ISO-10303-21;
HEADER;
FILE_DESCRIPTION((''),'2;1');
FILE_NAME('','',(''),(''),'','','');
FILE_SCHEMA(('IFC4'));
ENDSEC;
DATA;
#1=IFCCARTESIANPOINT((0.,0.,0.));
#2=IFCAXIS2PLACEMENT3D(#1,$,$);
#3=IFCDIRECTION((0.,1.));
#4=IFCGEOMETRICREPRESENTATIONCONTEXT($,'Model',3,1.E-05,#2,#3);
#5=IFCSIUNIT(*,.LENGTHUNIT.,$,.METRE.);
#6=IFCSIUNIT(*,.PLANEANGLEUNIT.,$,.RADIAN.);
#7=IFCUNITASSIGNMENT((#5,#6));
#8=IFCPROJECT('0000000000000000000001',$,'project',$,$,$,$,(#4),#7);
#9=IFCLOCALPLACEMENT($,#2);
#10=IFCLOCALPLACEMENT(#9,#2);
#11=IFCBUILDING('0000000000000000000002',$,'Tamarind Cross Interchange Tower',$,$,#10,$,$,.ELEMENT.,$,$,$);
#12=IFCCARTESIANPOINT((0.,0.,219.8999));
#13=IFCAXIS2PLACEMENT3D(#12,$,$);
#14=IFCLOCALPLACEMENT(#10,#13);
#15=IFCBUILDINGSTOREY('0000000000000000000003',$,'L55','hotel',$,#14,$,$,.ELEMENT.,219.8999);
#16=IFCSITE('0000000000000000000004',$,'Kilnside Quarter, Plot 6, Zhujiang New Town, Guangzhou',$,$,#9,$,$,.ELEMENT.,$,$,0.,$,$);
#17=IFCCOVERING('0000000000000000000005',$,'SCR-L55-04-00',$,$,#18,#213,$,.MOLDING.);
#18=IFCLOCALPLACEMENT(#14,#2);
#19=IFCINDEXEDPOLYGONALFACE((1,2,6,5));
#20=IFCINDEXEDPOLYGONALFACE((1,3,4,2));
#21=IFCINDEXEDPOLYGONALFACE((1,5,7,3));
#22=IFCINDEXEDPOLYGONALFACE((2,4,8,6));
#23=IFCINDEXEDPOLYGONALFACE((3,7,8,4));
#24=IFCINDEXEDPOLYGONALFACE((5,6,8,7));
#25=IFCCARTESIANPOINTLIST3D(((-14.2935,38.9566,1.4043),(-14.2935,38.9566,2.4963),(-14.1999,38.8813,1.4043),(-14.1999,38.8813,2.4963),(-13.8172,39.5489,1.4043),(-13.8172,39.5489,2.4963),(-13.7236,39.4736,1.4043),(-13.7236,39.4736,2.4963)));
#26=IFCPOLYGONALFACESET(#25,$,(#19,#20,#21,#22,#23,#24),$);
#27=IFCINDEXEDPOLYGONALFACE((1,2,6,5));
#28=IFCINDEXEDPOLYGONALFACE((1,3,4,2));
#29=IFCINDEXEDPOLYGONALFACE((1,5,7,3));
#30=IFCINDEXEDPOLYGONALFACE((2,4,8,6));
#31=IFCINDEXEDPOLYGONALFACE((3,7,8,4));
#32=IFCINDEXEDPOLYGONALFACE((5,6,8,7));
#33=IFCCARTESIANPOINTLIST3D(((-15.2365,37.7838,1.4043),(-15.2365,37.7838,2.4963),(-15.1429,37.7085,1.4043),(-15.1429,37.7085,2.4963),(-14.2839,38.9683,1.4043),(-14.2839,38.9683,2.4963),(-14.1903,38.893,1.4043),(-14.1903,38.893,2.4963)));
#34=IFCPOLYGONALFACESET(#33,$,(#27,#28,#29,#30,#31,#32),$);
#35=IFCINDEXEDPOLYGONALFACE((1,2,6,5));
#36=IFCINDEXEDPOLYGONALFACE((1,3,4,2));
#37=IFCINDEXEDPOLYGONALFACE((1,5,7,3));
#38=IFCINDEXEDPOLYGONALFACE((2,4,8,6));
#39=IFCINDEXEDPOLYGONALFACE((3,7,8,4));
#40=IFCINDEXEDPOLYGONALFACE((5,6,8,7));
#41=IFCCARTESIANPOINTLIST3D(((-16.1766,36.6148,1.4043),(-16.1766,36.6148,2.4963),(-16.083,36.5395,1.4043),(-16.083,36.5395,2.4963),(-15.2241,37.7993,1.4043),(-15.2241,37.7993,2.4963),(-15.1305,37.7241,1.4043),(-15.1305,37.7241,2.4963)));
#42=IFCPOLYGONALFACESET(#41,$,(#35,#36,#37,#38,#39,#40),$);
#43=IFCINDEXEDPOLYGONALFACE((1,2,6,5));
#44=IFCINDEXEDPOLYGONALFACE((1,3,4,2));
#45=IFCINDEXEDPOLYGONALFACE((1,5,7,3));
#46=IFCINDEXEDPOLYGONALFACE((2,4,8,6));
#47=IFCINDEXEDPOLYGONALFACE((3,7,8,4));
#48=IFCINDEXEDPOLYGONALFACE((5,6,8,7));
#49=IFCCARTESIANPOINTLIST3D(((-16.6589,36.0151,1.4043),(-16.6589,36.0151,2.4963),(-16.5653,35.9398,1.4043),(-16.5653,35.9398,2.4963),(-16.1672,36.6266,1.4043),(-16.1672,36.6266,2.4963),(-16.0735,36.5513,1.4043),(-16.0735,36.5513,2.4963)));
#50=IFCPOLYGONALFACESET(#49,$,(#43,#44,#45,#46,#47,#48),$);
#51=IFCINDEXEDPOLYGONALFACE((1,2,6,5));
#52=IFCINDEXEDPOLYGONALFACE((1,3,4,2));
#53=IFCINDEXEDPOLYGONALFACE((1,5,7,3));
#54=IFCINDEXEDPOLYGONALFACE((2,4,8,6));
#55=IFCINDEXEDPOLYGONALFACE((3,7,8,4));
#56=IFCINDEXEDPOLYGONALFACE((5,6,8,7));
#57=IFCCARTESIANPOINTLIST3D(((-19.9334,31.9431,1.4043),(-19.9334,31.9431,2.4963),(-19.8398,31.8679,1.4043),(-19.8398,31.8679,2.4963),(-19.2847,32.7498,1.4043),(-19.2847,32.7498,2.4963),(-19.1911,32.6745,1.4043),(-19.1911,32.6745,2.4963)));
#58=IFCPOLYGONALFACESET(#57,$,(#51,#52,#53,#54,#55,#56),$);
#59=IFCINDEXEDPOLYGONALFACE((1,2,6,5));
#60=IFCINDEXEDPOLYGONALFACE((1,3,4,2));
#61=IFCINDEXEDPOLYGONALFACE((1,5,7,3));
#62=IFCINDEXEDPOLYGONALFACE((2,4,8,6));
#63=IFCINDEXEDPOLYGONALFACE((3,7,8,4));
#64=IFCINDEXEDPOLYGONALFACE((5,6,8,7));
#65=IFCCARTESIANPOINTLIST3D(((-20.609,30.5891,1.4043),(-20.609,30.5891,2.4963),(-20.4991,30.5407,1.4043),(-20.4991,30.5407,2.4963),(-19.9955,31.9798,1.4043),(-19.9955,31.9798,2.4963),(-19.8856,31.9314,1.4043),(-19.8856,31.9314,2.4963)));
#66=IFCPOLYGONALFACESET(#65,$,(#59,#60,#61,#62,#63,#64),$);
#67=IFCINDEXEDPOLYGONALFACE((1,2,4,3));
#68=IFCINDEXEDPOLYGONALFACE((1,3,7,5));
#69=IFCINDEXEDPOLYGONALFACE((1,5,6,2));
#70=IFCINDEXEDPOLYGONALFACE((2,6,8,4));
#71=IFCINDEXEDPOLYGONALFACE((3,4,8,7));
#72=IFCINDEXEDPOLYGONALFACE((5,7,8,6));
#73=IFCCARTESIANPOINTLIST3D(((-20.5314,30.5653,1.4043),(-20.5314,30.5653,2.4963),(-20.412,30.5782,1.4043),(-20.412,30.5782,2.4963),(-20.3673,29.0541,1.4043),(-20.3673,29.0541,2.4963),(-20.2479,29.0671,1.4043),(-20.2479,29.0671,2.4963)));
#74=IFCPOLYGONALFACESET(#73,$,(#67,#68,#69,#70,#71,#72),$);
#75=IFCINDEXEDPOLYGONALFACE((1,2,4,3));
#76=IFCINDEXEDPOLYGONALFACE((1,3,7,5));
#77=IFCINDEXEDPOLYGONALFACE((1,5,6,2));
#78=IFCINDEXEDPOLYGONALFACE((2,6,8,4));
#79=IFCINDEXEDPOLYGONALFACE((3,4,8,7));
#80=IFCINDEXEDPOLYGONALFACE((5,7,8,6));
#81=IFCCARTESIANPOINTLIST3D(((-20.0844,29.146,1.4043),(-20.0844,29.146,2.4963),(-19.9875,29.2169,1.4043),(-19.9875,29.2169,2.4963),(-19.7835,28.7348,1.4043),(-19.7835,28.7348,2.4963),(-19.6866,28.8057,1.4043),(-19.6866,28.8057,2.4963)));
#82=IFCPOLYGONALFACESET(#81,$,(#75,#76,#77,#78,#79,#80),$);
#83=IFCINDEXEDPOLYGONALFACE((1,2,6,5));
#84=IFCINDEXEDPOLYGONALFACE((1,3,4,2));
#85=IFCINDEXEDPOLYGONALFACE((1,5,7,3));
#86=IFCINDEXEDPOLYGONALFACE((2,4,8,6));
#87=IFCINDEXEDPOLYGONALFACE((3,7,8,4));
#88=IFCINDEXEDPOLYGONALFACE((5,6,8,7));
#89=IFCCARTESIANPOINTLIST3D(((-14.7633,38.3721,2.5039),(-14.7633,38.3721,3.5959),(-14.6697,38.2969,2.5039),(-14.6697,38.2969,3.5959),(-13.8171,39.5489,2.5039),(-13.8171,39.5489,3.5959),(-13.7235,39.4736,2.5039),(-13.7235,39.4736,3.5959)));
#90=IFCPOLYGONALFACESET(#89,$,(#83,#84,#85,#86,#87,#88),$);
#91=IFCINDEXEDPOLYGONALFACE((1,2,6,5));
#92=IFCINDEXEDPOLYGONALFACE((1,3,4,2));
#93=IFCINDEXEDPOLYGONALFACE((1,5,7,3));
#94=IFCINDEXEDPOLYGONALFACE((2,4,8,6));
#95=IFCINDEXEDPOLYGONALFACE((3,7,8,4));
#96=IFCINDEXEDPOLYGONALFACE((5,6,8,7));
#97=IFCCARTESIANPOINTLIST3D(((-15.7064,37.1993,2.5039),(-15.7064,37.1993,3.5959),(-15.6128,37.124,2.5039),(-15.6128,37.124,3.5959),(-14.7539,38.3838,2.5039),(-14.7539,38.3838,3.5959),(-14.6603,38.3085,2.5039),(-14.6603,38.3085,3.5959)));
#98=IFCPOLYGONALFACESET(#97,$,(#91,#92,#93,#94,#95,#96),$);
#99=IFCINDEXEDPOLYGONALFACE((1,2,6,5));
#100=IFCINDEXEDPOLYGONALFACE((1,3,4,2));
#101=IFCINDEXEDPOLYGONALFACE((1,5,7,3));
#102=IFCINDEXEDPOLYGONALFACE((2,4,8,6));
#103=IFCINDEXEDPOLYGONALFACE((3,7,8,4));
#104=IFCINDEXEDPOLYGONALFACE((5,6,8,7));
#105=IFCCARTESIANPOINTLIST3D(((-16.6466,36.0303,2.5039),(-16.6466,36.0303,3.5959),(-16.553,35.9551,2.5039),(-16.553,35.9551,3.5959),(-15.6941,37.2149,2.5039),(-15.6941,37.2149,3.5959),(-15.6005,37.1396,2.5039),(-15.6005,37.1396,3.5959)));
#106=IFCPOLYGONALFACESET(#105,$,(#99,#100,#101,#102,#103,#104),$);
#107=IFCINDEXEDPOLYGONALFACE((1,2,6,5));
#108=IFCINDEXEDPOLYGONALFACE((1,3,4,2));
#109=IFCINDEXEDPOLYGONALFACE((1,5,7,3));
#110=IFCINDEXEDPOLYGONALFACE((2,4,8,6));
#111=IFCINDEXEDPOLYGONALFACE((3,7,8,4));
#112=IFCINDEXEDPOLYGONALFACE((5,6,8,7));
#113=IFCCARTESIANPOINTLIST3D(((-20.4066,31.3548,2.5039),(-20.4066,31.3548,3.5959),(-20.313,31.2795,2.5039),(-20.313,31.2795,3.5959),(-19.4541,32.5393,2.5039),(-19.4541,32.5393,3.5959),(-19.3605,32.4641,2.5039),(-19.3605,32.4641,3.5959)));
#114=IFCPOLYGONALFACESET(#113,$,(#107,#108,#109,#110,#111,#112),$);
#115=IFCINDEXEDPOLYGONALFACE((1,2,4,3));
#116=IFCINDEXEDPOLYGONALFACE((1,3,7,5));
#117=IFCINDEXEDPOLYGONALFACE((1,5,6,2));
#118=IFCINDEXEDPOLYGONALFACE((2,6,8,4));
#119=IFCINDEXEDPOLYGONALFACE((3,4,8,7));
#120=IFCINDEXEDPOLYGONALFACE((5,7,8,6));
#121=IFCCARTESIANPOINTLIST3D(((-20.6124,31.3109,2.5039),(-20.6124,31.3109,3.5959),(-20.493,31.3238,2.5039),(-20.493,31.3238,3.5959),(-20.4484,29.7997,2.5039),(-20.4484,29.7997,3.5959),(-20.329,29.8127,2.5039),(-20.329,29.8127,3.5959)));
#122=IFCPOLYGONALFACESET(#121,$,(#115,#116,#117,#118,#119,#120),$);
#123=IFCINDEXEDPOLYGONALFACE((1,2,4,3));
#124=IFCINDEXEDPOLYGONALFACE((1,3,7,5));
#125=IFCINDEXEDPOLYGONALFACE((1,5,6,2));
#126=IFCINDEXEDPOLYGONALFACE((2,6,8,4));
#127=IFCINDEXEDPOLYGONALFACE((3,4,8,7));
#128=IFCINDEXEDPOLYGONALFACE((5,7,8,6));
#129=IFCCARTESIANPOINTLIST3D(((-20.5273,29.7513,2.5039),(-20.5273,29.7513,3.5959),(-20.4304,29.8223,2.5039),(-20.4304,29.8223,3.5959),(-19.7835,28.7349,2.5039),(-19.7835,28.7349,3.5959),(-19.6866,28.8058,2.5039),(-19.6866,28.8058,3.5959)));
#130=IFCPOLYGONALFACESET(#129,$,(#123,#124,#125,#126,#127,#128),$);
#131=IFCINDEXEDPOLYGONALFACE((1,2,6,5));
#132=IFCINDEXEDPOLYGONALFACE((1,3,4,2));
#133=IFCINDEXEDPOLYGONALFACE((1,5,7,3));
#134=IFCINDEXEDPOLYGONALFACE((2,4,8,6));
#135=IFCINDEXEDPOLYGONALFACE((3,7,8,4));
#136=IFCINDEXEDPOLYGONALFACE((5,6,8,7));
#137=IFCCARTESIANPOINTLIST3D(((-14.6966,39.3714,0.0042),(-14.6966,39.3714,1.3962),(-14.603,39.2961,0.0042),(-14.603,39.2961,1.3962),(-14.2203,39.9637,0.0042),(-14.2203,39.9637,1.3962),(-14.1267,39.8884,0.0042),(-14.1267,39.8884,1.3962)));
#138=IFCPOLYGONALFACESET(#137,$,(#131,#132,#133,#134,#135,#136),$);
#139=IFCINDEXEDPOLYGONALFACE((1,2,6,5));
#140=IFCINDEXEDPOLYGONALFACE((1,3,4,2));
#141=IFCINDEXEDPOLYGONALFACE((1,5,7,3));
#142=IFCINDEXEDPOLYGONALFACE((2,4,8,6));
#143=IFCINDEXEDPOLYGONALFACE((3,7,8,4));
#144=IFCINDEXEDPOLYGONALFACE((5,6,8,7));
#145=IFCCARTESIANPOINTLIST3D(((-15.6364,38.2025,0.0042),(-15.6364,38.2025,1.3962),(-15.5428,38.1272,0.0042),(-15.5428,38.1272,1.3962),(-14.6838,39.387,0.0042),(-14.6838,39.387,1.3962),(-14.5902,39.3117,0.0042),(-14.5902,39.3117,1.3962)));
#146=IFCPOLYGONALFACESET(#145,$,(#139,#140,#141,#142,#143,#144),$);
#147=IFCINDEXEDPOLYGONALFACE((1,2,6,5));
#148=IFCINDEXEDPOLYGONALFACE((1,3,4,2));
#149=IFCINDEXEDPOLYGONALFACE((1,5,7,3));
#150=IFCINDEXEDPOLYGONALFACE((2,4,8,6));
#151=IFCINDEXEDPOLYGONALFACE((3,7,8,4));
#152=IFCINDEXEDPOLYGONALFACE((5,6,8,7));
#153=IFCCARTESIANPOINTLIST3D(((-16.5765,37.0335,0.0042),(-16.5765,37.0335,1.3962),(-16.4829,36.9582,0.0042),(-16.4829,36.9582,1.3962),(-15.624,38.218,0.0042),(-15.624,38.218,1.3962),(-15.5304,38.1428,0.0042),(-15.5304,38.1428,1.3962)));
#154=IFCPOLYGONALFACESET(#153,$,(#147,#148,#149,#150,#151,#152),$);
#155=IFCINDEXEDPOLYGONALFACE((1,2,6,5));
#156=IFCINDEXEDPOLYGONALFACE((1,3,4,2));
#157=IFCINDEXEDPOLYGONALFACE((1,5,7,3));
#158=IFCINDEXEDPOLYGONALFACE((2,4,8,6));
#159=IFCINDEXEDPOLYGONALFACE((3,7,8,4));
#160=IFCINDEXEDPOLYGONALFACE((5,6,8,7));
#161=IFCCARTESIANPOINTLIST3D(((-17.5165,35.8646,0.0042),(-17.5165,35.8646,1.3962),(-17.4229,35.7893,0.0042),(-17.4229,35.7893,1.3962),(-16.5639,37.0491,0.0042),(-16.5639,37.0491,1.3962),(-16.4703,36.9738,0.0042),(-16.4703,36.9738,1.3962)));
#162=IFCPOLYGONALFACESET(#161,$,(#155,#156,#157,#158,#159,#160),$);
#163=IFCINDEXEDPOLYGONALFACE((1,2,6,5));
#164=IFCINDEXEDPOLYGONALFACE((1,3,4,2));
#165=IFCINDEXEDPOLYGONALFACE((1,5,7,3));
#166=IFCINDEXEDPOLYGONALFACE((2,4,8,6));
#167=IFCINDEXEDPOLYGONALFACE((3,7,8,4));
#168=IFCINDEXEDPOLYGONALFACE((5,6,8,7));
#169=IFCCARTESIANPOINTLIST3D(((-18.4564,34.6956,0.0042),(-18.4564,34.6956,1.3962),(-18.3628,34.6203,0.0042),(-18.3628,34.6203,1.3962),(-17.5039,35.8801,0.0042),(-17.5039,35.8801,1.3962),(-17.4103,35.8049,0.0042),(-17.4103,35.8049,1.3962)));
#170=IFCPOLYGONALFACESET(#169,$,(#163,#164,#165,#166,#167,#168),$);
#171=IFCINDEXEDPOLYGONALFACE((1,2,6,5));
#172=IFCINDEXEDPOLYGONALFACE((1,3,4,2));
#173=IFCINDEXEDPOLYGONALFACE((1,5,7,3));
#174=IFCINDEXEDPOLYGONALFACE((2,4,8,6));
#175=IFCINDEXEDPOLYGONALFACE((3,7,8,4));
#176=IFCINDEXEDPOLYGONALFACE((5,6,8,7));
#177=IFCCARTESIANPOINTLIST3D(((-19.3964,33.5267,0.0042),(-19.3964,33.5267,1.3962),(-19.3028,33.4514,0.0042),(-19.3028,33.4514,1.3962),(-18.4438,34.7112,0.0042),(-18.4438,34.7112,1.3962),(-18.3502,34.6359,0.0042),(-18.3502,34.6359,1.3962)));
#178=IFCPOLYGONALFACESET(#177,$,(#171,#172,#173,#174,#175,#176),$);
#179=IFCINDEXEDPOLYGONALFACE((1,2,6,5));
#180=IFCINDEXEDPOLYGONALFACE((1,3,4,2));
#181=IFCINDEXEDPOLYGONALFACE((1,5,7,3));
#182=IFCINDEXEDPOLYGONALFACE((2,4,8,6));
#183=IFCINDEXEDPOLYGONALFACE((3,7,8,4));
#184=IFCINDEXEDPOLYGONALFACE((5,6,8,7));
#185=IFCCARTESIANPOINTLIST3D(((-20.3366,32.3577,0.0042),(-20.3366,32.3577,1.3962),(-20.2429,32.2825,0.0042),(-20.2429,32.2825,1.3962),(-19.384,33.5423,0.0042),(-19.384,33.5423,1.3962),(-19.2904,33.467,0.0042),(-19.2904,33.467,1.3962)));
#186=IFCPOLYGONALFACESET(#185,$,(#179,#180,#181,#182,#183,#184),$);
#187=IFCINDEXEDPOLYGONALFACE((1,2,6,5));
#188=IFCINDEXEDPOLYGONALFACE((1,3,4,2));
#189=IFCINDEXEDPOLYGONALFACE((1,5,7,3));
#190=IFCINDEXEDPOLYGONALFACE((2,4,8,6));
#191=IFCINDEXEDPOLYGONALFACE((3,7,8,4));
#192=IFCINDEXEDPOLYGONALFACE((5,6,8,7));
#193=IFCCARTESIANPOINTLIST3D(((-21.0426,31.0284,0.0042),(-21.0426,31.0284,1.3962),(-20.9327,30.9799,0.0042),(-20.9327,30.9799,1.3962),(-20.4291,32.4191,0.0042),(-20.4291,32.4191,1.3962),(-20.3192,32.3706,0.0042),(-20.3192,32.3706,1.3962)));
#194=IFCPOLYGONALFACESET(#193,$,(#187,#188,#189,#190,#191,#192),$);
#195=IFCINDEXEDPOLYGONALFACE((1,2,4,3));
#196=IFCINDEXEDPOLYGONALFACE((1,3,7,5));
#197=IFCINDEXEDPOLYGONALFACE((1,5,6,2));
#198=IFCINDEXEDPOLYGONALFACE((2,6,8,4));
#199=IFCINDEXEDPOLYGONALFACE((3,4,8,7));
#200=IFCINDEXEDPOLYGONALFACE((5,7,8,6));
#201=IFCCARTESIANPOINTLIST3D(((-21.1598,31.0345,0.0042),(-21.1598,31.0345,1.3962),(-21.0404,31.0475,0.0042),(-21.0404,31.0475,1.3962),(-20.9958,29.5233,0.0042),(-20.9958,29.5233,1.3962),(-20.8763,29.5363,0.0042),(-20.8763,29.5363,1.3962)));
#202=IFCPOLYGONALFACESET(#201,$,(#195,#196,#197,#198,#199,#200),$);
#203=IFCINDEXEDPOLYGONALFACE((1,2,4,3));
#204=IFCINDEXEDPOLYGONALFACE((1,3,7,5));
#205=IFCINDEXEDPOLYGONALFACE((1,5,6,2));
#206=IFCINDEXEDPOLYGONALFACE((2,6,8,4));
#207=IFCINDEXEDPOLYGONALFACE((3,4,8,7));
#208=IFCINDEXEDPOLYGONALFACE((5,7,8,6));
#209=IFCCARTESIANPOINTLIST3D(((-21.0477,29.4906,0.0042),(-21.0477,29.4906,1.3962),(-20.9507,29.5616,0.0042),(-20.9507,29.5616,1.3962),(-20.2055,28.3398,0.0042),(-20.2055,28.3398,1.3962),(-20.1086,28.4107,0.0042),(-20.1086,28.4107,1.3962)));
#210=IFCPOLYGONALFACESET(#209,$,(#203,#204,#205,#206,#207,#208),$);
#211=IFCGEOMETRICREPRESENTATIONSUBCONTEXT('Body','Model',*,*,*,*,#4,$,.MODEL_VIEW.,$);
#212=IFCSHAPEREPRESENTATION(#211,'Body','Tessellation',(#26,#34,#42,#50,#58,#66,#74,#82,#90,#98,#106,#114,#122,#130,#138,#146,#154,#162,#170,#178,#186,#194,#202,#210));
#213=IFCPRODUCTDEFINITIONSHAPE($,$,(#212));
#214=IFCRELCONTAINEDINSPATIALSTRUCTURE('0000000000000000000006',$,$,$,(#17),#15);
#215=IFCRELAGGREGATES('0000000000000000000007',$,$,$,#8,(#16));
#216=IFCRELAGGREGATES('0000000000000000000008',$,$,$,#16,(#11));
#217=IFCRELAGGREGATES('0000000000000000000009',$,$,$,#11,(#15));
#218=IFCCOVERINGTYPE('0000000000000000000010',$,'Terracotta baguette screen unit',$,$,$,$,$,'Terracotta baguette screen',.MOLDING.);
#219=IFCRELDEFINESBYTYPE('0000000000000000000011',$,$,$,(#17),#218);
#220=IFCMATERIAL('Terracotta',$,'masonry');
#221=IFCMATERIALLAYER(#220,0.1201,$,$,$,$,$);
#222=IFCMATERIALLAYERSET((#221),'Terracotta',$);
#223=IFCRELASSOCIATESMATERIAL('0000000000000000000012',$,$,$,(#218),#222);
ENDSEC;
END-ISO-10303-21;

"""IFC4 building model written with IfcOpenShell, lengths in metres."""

from ifc_helpers import new_model, si_unit, direction, frame, origin, origin_2d, place, context, subcontext, project, spatial, rectangle, extrude, material, layer, layer_set, type_object, element, save


model = new_model("IFC4")

# Units and contexts
model_context = context("Model", 3, precision=1e-05, world=origin(), true_north=direction((0.0, 1.0)))
body_context = subcontext(model_context, "Body", "Model", "MODEL_VIEW")
ifc_project = project(units=[si_unit("LENGTHUNIT", "METRE"), si_unit("PLANEANGLEUNIT", "RADIAN")], contexts=[model_context])

# Site, building, storey
site_placement = place(None, origin())
site = spatial("IfcSite", under=ifc_project, at=site_placement, Name="Kilnside Quarter, Plot 6, Zhujiang New Town, Guangzhou", CompositionType="ELEMENT", RefElevation=0.0)
building_placement = place(site_placement, origin())
building = spatial("IfcBuilding", under=site, at=building_placement, Name="Tamarind Cross Interchange Tower", CompositionType="ELEMENT")
storey_placement = place(building_placement, frame((0.0, 0.0, 219.8999)))
storey = spatial("IfcBuildingStorey", under=building, at=storey_placement, Name="L55", Description="hotel", CompositionType="ELEMENT", Elevation=219.8999)

# Covering
ifc_material_1 = material(Name="Terracotta", Category="masonry")
ifc_layer_1 = layer(ifc_material_1, 0.1201)
ifc_layer_set_1 = layer_set([ifc_layer_1], Name="Terracotta")
covering_type = type_object("IfcCoveringType", Name="Terracotta baguette screen unit", ElementType="Terracotta baguette screen", PredefinedType="MOLDING", material=ifc_layer_set_1)
covering_1_placement = place(storey_placement, origin())
element("IfcCovering", 1, at=covering_1_placement, inside=storey, type_object=covering_type, Name="SCR-L55-04-00", PredefinedType="MOLDING", context=body_context, shape_type="SweptSolid", body=[
    extrude(rectangle(XDim=0.76, YDim=0.1201, at=origin_2d()), frame((-14.0085, 39.2151, 1.4043), z_axis=(0.0, 0.0, 1.0), x_axis=(-0.626669, -0.779285, 0.0)), (0.0, 0.0, 1.0), 1.092),
    extrude(rectangle(XDim=1.52, YDim=0.1201, at=origin_2d()), frame((-14.7134, 38.3384, 1.4043), z_axis=(0.0, 0.0, 1.0), x_axis=(-0.626669, -0.779285, 0.0)), (0.0, 0.0, 1.0), 1.092),
    extrude(rectangle(XDim=1.52, YDim=0.1201, at=origin_2d()), frame((-15.6536, 37.1694, 1.4043), z_axis=(0.0, 0.0, 1.0), x_axis=(-0.626669, -0.779285, 0.0)), (0.0, 0.0, 1.0), 1.092),
    extrude(rectangle(XDim=0.7847, YDim=0.1201, at=origin_2d()), frame((-16.3662, 36.2832, 1.4043), z_axis=(0.0, 0.0, 1.0), x_axis=(-0.626669, -0.779285, 0.0)), (0.0, 0.0, 1.0), 1.092),
    extrude(rectangle(XDim=1.0352, YDim=0.1201, at=origin_2d()), frame((-19.5623, 32.3088, 1.4043), z_axis=(0.0, 0.0, 1.0), x_axis=(-0.626669, -0.779285, 0.0)), (0.0, 0.0, 1.0), 1.092),
    extrude(rectangle(XDim=1.52, YDim=0.1201, at=origin_2d()), frame((-20.2473, 31.2603, 1.4043), z_axis=(0.0, 0.0, 1.0), x_axis=(-0.403622, -0.914926, 0.0)), (0.0, 0.0, 1.0), 1.092),
    extrude(rectangle(XDim=1.52, YDim=0.1201, at=origin_2d()), frame((-20.3896, 29.8162, 1.4043), z_axis=(0.0, 0.0, 1.0), x_axis=(0.107916, -0.99416, 0.0)), (0.0, 0.0, 1.0), 1.092),
    extrude(rectangle(XDim=0.5095, YDim=0.1201, at=origin_2d()), frame((-19.8855, 28.9758, 1.4043), z_axis=(0.0, 0.0, 1.0), x_axis=(0.590538, -0.80701, 0.0)), (0.0, 0.0, 1.0), 1.092),
    extrude(rectangle(XDim=1.51, YDim=0.1201, at=origin_2d()), frame((-14.2434, 38.9229, 2.5039), z_axis=(0.0, 0.0, 1.0), x_axis=(-0.626669, -0.779285, 0.0)), (0.0, 0.0, 1.0), 1.092),
    extrude(rectangle(XDim=1.52, YDim=0.1201, at=origin_2d()), frame((-15.1833, 37.7539, 2.5039), z_axis=(0.0, 0.0, 1.0), x_axis=(-0.626669, -0.779285, 0.0)), (0.0, 0.0, 1.0), 1.092),
    extrude(rectangle(XDim=1.52, YDim=0.1201, at=origin_2d()), frame((-16.1235, 36.585, 2.5039), z_axis=(0.0, 0.0, 1.0), x_axis=(-0.626669, -0.779285, 0.0)), (0.0, 0.0, 1.0), 1.092),
    extrude(rectangle(XDim=1.52, YDim=0.1201, at=origin_2d()), frame((-19.8835, 31.9094, 2.5039), z_axis=(0.0, 0.0, 1.0), x_axis=(-0.626669, -0.779285, 0.0)), (0.0, 0.0, 1.0), 1.092),
    extrude(rectangle(XDim=1.52, YDim=0.1201, at=origin_2d()), frame((-20.4707, 30.5618, 2.5039), z_axis=(0.0, 0.0, 1.0), x_axis=(0.107916, -0.99416, 0.0)), (0.0, 0.0, 1.0), 1.092),
    extrude(rectangle(XDim=1.2595, YDim=0.1201, at=origin_2d()), frame((-20.1069, 29.2786, 2.5039), z_axis=(0.0, 0.0, 1.0), x_axis=(0.590538, -0.80701, 0.0)), (0.0, 0.0, 1.0), 1.092),
    extrude(rectangle(XDim=0.76, YDim=0.1201, at=origin_2d()), frame((-14.4116, 39.6299, 0.0042), z_axis=(0.0, 0.0, 1.0), x_axis=(-0.626669, -0.779285, 0.0)), (0.0, 0.0, 1.0), 1.3921),
    extrude(rectangle(XDim=1.52, YDim=0.1201, at=origin_2d()), frame((-15.1133, 38.7571, 0.0042), z_axis=(0.0, 0.0, 1.0), x_axis=(-0.626669, -0.779285, 0.0)), (0.0, 0.0, 1.0), 1.3921),
    extrude(rectangle(XDim=1.52, YDim=0.1201, at=origin_2d()), frame((-16.0535, 37.5881, 0.0042), z_axis=(0.0, 0.0, 1.0), x_axis=(-0.626669, -0.779285, 0.0)), (0.0, 0.0, 1.0), 1.3921),
    extrude(rectangle(XDim=1.52, YDim=0.1201, at=origin_2d()), frame((-16.9934, 36.4192, 0.0042), z_axis=(0.0, 0.0, 1.0), x_axis=(-0.626669, -0.779285, 0.0)), (0.0, 0.0, 1.0), 1.3921),
    extrude(rectangle(XDim=1.52, YDim=0.1201, at=origin_2d()), frame((-17.9333, 35.2502, 0.0042), z_axis=(0.0, 0.0, 1.0), x_axis=(-0.626669, -0.779285, 0.0)), (0.0, 0.0, 1.0), 1.3921),
    extrude(rectangle(XDim=1.52, YDim=0.1201, at=origin_2d()), frame((-18.8733, 34.0813, 0.0042), z_axis=(0.0, 0.0, 1.0), x_axis=(-0.626669, -0.779285, 0.0)), (0.0, 0.0, 1.0), 1.3921),
    extrude(rectangle(XDim=1.52, YDim=0.1201, at=origin_2d()), frame((-19.8135, 32.9124, 0.0042), z_axis=(0.0, 0.0, 1.0), x_axis=(-0.626669, -0.779285, 0.0)), (0.0, 0.0, 1.0), 1.3921),
    extrude(rectangle(XDim=1.52, YDim=0.1201, at=origin_2d()), frame((-20.6809, 31.6995, 0.0042), z_axis=(0.0, 0.0, 1.0), x_axis=(-0.403622, -0.914926, 0.0)), (0.0, 0.0, 1.0), 1.3921),
    extrude(rectangle(XDim=1.52, YDim=0.1201, at=origin_2d()), frame((-21.0181, 30.2854, 0.0042), z_axis=(0.0, 0.0, 1.0), x_axis=(0.107916, -0.99416, 0.0)), (0.0, 0.0, 1.0), 1.3921),
    extrude(rectangle(XDim=1.426, YDim=0.1201, at=origin_2d()), frame((-20.5781, 28.9507, 0.0042), z_axis=(0.0, 0.0, 1.0), x_axis=(0.590538, -0.80701, 0.0)), (0.0, 0.0, 1.0), 1.3921),
])

save(model, "model.ifc")
